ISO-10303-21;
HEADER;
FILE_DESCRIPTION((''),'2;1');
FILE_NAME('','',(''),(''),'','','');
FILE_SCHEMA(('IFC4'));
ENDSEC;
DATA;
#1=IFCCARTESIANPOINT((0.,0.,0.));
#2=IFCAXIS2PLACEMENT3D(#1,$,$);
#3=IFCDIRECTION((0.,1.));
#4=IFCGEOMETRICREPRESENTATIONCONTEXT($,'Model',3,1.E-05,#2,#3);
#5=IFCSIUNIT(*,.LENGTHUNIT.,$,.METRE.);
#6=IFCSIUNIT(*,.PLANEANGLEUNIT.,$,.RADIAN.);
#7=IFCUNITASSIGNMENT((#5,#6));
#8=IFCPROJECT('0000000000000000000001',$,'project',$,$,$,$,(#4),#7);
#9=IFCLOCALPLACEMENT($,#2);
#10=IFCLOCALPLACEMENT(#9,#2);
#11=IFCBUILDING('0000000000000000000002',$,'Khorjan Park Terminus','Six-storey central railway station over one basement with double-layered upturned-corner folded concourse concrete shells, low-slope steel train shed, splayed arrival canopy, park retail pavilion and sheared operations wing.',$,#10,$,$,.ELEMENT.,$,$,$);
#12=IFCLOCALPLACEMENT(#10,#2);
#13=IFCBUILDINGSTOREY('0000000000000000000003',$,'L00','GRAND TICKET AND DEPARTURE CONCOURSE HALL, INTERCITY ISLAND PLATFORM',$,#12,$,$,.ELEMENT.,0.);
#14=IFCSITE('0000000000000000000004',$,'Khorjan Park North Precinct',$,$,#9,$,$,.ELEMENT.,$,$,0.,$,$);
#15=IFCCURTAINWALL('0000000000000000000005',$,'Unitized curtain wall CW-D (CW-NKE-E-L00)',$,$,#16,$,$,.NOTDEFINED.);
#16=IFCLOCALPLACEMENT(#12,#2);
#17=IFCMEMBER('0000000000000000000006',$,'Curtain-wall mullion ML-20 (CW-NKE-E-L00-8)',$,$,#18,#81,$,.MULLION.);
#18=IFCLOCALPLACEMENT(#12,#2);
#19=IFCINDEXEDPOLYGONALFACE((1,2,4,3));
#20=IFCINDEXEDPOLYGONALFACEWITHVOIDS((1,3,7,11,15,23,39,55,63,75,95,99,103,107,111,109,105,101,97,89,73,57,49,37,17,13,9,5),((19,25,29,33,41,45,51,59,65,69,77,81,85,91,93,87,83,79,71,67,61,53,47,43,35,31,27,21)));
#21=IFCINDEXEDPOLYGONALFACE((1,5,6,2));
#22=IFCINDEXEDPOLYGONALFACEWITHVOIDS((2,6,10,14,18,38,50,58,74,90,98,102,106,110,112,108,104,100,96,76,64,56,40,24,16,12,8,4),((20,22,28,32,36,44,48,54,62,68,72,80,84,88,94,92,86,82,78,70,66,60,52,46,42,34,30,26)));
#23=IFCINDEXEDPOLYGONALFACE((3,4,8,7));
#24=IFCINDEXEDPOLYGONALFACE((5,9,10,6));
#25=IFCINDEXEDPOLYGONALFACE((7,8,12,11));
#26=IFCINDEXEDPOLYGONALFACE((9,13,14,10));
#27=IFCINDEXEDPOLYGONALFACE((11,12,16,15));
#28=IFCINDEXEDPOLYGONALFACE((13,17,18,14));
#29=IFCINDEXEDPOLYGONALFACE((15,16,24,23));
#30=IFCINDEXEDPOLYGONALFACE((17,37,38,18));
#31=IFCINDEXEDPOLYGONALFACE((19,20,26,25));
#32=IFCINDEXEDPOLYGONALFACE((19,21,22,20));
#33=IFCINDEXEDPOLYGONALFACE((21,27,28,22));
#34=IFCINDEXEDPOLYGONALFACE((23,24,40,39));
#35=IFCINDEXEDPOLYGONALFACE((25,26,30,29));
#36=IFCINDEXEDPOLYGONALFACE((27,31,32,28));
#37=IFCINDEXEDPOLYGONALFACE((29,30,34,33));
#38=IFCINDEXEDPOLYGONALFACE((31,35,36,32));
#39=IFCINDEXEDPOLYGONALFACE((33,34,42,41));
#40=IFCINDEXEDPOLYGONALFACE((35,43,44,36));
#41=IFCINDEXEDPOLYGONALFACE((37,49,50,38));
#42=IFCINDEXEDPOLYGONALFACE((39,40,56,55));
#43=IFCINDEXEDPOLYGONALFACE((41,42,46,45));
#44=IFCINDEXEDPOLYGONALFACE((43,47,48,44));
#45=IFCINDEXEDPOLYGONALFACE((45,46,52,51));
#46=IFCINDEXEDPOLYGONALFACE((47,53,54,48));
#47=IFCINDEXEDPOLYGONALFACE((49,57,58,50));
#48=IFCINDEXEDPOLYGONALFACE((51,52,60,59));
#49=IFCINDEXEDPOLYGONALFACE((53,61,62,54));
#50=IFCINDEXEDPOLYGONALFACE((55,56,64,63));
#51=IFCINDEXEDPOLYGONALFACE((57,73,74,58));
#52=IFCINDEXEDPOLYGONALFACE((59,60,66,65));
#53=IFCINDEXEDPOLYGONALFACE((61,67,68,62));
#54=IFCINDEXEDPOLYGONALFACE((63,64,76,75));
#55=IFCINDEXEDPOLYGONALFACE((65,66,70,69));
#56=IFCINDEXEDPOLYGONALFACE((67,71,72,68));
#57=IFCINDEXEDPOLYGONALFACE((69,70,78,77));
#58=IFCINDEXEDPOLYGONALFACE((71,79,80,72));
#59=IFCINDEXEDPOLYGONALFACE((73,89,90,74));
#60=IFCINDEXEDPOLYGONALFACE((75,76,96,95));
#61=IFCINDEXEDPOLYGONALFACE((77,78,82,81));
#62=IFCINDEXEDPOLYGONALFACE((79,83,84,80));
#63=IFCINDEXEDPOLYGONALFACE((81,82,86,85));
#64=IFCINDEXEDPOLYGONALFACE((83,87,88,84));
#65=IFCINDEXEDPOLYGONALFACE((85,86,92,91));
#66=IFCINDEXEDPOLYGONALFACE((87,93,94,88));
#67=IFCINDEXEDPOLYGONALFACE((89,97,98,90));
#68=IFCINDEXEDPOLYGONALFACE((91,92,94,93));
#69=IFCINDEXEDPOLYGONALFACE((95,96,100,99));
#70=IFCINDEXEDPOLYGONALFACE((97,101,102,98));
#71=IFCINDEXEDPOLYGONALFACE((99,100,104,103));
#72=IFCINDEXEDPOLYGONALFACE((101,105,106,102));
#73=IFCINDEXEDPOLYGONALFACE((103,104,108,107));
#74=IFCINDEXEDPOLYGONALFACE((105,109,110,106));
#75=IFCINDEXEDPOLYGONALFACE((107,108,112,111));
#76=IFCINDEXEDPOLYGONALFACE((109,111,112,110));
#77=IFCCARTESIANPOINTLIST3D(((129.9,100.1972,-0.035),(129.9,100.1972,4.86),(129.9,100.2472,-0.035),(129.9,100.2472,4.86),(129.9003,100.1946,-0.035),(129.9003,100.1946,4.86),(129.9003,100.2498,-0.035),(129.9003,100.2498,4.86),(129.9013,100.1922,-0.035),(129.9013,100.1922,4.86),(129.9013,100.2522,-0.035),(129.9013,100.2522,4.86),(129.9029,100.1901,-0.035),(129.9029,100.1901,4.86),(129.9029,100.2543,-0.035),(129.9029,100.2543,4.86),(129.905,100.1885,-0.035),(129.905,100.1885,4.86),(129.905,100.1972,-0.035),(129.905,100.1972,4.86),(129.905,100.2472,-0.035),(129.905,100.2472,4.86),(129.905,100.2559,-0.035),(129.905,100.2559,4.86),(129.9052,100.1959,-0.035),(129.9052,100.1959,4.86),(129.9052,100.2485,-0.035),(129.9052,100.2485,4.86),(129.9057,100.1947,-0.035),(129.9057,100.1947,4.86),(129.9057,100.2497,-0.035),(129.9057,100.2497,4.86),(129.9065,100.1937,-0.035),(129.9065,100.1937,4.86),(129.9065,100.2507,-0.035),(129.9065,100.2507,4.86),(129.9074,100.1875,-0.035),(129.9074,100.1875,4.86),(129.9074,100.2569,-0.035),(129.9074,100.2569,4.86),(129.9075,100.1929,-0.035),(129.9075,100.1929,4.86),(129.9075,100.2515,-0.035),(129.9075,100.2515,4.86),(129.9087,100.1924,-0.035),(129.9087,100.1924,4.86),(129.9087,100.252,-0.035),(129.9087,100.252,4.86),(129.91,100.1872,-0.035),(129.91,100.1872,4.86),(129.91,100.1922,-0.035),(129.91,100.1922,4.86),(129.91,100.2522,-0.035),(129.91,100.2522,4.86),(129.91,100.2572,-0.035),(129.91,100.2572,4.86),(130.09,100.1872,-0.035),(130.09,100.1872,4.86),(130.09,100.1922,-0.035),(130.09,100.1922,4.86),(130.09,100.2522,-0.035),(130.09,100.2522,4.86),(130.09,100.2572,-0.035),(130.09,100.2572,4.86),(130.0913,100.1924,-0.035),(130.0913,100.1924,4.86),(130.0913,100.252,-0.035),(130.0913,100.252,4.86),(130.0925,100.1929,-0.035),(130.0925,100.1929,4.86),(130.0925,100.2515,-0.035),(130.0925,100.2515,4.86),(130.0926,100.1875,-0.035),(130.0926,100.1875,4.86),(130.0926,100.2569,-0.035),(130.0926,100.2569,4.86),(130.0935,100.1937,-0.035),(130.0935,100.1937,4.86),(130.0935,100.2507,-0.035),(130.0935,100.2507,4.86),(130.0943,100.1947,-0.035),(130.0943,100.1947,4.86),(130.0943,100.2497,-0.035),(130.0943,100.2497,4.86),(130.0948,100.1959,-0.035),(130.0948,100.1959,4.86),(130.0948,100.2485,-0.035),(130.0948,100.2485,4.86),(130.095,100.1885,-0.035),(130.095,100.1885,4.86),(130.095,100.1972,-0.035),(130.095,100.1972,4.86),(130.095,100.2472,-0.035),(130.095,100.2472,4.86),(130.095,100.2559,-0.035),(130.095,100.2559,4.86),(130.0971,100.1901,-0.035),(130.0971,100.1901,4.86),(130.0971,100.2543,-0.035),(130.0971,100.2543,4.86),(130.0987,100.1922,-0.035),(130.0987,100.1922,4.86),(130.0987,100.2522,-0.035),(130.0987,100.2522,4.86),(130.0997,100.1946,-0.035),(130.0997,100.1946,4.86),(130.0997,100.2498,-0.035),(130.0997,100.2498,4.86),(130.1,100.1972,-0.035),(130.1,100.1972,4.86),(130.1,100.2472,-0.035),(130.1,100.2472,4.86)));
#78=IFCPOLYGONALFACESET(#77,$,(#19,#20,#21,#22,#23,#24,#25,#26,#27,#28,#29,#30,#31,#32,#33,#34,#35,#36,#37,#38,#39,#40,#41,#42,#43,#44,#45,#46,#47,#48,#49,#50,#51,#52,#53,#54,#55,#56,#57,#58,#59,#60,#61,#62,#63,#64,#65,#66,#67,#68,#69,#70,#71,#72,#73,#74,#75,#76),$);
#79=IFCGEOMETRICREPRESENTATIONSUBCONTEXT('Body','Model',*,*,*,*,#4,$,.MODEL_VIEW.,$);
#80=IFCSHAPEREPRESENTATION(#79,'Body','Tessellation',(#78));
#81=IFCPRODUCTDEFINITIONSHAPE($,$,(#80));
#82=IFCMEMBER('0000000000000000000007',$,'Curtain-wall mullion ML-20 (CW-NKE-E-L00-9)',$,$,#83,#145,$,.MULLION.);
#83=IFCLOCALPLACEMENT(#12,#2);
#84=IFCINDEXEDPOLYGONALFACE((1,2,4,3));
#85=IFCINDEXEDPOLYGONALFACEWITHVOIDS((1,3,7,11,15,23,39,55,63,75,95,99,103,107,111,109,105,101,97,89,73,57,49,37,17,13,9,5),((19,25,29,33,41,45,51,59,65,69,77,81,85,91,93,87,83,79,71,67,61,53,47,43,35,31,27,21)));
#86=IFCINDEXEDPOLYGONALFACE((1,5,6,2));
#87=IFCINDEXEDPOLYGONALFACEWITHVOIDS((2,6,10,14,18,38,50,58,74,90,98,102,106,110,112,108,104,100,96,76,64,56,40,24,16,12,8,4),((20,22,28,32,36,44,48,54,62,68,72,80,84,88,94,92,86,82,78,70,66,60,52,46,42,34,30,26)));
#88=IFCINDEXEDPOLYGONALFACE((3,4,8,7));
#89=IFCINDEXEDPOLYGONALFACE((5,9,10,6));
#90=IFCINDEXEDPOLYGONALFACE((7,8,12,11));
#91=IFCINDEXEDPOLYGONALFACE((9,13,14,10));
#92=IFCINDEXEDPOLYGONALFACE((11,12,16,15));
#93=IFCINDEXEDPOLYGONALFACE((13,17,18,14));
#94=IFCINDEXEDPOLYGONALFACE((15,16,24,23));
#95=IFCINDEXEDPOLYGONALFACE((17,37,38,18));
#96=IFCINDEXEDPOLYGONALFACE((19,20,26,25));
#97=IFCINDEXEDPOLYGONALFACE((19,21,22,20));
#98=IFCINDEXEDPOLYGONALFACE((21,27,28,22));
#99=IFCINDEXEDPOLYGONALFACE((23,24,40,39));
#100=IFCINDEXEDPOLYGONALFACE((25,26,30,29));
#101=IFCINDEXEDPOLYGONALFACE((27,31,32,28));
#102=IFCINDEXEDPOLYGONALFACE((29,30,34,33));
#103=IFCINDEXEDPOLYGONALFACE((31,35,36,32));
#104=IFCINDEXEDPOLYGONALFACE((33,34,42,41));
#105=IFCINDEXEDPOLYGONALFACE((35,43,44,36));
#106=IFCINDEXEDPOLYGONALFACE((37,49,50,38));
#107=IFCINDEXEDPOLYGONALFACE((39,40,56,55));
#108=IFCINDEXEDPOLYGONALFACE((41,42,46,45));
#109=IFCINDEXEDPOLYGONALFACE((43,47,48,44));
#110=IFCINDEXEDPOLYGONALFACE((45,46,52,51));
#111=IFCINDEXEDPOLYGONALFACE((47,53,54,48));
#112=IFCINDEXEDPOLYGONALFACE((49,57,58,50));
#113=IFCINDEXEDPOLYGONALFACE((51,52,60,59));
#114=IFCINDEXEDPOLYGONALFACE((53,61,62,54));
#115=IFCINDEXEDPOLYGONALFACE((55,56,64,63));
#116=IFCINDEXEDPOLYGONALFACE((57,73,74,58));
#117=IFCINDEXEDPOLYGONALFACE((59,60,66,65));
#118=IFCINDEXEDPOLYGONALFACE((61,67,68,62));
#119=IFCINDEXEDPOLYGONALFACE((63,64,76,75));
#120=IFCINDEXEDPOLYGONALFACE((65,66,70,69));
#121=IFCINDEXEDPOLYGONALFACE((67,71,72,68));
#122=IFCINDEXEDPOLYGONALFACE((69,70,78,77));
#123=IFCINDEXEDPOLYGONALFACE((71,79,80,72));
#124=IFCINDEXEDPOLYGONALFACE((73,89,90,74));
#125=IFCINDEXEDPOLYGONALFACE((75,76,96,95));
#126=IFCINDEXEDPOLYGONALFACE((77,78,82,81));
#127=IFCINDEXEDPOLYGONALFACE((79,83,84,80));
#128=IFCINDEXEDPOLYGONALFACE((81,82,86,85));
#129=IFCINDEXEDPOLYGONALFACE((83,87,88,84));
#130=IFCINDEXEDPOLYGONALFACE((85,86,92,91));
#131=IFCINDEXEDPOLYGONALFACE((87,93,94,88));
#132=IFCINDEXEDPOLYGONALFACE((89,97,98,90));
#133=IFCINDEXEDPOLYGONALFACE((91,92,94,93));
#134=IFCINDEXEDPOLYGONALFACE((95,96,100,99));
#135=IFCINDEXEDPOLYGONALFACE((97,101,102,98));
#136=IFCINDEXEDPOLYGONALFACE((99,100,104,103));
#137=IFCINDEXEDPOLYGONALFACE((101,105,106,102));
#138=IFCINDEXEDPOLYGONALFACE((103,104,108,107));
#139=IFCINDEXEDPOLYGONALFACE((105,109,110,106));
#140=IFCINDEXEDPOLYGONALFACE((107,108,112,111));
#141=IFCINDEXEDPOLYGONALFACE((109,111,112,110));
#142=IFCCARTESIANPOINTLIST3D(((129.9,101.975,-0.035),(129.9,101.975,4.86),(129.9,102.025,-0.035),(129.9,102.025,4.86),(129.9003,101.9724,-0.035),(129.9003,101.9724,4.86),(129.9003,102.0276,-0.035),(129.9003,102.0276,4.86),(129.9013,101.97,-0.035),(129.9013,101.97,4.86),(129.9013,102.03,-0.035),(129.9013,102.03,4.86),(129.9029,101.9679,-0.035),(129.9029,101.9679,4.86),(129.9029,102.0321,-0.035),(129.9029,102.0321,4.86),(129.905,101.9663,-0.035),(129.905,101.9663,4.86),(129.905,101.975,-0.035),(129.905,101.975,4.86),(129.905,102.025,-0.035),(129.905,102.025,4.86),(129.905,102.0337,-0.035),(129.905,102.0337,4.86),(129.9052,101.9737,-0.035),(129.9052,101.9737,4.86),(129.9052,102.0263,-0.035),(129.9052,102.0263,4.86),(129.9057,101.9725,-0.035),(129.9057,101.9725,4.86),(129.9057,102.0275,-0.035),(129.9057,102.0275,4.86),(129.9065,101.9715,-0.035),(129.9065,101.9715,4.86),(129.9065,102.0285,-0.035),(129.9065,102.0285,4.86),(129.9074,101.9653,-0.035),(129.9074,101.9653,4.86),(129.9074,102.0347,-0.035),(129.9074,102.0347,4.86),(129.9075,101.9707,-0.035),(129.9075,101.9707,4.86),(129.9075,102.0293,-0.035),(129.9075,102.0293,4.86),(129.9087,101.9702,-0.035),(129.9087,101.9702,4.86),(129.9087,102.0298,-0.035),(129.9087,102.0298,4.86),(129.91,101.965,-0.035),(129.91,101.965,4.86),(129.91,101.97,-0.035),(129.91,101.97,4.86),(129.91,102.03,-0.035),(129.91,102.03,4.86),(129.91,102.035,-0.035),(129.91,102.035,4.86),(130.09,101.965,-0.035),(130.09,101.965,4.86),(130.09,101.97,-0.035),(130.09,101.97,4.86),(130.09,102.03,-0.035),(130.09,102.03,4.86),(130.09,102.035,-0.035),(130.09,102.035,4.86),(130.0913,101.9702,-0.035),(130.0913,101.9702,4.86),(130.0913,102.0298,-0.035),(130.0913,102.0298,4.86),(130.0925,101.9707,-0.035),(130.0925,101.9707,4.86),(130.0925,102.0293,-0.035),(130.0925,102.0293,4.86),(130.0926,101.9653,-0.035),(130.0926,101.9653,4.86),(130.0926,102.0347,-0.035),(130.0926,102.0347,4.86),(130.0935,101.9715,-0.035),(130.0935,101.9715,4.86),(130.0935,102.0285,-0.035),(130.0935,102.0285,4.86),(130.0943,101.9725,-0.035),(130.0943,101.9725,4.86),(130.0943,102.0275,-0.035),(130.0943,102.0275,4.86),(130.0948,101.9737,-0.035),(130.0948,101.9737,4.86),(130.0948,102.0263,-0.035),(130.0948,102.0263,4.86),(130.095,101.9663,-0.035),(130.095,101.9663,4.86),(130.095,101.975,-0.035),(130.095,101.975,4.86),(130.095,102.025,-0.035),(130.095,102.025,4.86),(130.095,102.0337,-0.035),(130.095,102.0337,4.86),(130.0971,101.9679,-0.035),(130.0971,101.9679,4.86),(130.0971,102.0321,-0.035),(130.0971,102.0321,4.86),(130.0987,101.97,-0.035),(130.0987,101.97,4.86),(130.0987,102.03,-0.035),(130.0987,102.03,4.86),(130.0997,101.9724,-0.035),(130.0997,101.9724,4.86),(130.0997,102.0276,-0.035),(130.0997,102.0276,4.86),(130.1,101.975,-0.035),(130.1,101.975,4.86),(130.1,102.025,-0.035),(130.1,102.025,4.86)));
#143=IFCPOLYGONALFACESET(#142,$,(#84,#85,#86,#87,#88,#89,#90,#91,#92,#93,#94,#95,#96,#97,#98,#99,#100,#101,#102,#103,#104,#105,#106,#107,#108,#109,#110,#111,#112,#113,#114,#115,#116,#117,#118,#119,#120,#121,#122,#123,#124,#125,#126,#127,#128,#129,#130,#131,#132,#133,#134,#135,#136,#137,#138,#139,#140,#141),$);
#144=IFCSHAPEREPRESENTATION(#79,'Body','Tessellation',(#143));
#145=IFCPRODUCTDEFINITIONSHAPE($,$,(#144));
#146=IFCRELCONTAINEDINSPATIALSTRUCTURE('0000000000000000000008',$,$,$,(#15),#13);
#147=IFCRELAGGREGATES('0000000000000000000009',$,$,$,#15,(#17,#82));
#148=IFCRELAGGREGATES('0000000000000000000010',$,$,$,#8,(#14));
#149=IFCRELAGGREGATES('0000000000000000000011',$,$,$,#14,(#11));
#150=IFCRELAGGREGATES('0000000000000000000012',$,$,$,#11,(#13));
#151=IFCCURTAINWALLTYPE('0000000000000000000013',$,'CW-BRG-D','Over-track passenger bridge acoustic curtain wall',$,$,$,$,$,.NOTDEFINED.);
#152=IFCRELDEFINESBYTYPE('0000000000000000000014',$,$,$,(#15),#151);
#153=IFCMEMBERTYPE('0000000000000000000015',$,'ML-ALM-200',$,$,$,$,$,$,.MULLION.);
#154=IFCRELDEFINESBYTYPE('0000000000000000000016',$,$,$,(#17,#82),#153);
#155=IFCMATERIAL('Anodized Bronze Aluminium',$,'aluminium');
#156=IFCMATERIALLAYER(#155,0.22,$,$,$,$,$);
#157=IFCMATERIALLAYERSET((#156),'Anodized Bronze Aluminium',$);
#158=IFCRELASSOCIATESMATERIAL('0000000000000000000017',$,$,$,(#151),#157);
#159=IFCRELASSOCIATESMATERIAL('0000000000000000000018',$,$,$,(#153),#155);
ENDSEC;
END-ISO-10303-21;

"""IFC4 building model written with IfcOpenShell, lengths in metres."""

from ifc_helpers import new_model, si_unit, direction, frame, origin, origin_2d, place, context, subcontext, project, spatial, hollow_rectangle, extrude, material, layer, layer_set, material_profile, profile_set, type_object, element, aggregate, save


model = new_model("IFC4")

# Units and contexts
model_context = context("Model", 3, precision=1e-05, world=origin(), true_north=direction((0.0, 1.0)))
body_context = subcontext(model_context, "Body", "Model", "MODEL_VIEW")
ifc_project = project(units=[si_unit("LENGTHUNIT", "METRE"), si_unit("PLANEANGLEUNIT", "RADIAN")], contexts=[model_context])

# Site, building, storey
site_placement = place(None, origin())
site = spatial("IfcSite", under=ifc_project, at=site_placement, Name="Khorjan Park North Precinct", CompositionType="ELEMENT", RefElevation=0.0)
building_placement = place(site_placement, origin())
building = spatial("IfcBuilding", under=site, at=building_placement, Name="Khorjan Park Terminus", Description="Six-storey central railway station over one basement with double-layered upturned-corner folded concourse concrete shells, low-slope steel train shed, splayed arrival canopy, park retail pavilion and sheared operations wing.", CompositionType="ELEMENT")
storey_placement = place(building_placement, origin())
storey = spatial("IfcBuildingStorey", under=building, at=storey_placement, Name="L00", Description="GRAND TICKET AND DEPARTURE CONCOURSE HALL, INTERCITY ISLAND PLATFORM", CompositionType="ELEMENT", Elevation=0.0)

# Curtain wall, members
ifc_material_1 = material(Name="Anodized Bronze Aluminium", Category="aluminium")
ifc_layer_1 = layer(ifc_material_1, 0.22)
ifc_layer_set_1 = layer_set([ifc_layer_1], Name="Anodized Bronze Aluminium")
curtain_wall_type = type_object("IfcCurtainWallType", Name="CW-BRG-D", Description="Over-track passenger bridge acoustic curtain wall", PredefinedType="NOTDEFINED", material=ifc_layer_set_1)
curtain_wall_placement = place(storey_placement, origin())
curtain_wall = element("IfcCurtainWall", 1, at=curtain_wall_placement, inside=storey, type_object=curtain_wall_type, Name="Unitized curtain wall CW-D (CW-NKE-E-L00)", PredefinedType="NOTDEFINED")
ifc_material_profile_1 = material_profile(ifc_material_1, hollow_rectangle(XDim=0.07, YDim=0.2, WallThickness=0.005, InnerFilletRadius=0.005, OuterFilletRadius=0.01, at=origin_2d()), Name="ALM 70x200x5")
ifc_profile_set_1 = profile_set([ifc_material_profile_1], Name="Anodized Bronze Aluminium")
member_type_1 = type_object("IfcMemberType", Name="ML-ALM-200", PredefinedType="MULLION", material=ifc_profile_set_1)
member_1_placement = place(storey_placement, frame((130.0, 100.2222, -0.035), z_axis=(0.0, 0.0, 1.0), x_axis=(0.0, 1.0, 0.0)))
member_1 = element("IfcMember", 2, at=member_1_placement, type_object=member_type_1, Name="Curtain-wall mullion ML-20 (CW-NKE-E-L00-8)", PredefinedType="MULLION", context=body_context, shape_type="SweptSolid", body=[
    extrude(hollow_rectangle(XDim=0.07, YDim=0.2, WallThickness=0.005, InnerFilletRadius=0.005, OuterFilletRadius=0.01, at=origin_2d()), origin(), (0.0, 0.0, 1.0), 4.895),
])
member_2_placement = place(storey_placement, frame((130.0, 102.0, -0.035), z_axis=(0.0, 0.0, 1.0), x_axis=(0.0, 1.0, 0.0)))
member_2 = element("IfcMember", 3, at=member_2_placement, type_object=member_type_1, Name="Curtain-wall mullion ML-20 (CW-NKE-E-L00-9)", PredefinedType="MULLION", context=body_context, shape_type="SweptSolid", body=[
    extrude(hollow_rectangle(XDim=0.07, YDim=0.2, WallThickness=0.005, InnerFilletRadius=0.005, OuterFilletRadius=0.01, at=origin_2d()), origin(), (0.0, 0.0, 1.0), 4.895),
])
aggregate(curtain_wall, [member_1, member_2])

save(model, "model.ifc")
